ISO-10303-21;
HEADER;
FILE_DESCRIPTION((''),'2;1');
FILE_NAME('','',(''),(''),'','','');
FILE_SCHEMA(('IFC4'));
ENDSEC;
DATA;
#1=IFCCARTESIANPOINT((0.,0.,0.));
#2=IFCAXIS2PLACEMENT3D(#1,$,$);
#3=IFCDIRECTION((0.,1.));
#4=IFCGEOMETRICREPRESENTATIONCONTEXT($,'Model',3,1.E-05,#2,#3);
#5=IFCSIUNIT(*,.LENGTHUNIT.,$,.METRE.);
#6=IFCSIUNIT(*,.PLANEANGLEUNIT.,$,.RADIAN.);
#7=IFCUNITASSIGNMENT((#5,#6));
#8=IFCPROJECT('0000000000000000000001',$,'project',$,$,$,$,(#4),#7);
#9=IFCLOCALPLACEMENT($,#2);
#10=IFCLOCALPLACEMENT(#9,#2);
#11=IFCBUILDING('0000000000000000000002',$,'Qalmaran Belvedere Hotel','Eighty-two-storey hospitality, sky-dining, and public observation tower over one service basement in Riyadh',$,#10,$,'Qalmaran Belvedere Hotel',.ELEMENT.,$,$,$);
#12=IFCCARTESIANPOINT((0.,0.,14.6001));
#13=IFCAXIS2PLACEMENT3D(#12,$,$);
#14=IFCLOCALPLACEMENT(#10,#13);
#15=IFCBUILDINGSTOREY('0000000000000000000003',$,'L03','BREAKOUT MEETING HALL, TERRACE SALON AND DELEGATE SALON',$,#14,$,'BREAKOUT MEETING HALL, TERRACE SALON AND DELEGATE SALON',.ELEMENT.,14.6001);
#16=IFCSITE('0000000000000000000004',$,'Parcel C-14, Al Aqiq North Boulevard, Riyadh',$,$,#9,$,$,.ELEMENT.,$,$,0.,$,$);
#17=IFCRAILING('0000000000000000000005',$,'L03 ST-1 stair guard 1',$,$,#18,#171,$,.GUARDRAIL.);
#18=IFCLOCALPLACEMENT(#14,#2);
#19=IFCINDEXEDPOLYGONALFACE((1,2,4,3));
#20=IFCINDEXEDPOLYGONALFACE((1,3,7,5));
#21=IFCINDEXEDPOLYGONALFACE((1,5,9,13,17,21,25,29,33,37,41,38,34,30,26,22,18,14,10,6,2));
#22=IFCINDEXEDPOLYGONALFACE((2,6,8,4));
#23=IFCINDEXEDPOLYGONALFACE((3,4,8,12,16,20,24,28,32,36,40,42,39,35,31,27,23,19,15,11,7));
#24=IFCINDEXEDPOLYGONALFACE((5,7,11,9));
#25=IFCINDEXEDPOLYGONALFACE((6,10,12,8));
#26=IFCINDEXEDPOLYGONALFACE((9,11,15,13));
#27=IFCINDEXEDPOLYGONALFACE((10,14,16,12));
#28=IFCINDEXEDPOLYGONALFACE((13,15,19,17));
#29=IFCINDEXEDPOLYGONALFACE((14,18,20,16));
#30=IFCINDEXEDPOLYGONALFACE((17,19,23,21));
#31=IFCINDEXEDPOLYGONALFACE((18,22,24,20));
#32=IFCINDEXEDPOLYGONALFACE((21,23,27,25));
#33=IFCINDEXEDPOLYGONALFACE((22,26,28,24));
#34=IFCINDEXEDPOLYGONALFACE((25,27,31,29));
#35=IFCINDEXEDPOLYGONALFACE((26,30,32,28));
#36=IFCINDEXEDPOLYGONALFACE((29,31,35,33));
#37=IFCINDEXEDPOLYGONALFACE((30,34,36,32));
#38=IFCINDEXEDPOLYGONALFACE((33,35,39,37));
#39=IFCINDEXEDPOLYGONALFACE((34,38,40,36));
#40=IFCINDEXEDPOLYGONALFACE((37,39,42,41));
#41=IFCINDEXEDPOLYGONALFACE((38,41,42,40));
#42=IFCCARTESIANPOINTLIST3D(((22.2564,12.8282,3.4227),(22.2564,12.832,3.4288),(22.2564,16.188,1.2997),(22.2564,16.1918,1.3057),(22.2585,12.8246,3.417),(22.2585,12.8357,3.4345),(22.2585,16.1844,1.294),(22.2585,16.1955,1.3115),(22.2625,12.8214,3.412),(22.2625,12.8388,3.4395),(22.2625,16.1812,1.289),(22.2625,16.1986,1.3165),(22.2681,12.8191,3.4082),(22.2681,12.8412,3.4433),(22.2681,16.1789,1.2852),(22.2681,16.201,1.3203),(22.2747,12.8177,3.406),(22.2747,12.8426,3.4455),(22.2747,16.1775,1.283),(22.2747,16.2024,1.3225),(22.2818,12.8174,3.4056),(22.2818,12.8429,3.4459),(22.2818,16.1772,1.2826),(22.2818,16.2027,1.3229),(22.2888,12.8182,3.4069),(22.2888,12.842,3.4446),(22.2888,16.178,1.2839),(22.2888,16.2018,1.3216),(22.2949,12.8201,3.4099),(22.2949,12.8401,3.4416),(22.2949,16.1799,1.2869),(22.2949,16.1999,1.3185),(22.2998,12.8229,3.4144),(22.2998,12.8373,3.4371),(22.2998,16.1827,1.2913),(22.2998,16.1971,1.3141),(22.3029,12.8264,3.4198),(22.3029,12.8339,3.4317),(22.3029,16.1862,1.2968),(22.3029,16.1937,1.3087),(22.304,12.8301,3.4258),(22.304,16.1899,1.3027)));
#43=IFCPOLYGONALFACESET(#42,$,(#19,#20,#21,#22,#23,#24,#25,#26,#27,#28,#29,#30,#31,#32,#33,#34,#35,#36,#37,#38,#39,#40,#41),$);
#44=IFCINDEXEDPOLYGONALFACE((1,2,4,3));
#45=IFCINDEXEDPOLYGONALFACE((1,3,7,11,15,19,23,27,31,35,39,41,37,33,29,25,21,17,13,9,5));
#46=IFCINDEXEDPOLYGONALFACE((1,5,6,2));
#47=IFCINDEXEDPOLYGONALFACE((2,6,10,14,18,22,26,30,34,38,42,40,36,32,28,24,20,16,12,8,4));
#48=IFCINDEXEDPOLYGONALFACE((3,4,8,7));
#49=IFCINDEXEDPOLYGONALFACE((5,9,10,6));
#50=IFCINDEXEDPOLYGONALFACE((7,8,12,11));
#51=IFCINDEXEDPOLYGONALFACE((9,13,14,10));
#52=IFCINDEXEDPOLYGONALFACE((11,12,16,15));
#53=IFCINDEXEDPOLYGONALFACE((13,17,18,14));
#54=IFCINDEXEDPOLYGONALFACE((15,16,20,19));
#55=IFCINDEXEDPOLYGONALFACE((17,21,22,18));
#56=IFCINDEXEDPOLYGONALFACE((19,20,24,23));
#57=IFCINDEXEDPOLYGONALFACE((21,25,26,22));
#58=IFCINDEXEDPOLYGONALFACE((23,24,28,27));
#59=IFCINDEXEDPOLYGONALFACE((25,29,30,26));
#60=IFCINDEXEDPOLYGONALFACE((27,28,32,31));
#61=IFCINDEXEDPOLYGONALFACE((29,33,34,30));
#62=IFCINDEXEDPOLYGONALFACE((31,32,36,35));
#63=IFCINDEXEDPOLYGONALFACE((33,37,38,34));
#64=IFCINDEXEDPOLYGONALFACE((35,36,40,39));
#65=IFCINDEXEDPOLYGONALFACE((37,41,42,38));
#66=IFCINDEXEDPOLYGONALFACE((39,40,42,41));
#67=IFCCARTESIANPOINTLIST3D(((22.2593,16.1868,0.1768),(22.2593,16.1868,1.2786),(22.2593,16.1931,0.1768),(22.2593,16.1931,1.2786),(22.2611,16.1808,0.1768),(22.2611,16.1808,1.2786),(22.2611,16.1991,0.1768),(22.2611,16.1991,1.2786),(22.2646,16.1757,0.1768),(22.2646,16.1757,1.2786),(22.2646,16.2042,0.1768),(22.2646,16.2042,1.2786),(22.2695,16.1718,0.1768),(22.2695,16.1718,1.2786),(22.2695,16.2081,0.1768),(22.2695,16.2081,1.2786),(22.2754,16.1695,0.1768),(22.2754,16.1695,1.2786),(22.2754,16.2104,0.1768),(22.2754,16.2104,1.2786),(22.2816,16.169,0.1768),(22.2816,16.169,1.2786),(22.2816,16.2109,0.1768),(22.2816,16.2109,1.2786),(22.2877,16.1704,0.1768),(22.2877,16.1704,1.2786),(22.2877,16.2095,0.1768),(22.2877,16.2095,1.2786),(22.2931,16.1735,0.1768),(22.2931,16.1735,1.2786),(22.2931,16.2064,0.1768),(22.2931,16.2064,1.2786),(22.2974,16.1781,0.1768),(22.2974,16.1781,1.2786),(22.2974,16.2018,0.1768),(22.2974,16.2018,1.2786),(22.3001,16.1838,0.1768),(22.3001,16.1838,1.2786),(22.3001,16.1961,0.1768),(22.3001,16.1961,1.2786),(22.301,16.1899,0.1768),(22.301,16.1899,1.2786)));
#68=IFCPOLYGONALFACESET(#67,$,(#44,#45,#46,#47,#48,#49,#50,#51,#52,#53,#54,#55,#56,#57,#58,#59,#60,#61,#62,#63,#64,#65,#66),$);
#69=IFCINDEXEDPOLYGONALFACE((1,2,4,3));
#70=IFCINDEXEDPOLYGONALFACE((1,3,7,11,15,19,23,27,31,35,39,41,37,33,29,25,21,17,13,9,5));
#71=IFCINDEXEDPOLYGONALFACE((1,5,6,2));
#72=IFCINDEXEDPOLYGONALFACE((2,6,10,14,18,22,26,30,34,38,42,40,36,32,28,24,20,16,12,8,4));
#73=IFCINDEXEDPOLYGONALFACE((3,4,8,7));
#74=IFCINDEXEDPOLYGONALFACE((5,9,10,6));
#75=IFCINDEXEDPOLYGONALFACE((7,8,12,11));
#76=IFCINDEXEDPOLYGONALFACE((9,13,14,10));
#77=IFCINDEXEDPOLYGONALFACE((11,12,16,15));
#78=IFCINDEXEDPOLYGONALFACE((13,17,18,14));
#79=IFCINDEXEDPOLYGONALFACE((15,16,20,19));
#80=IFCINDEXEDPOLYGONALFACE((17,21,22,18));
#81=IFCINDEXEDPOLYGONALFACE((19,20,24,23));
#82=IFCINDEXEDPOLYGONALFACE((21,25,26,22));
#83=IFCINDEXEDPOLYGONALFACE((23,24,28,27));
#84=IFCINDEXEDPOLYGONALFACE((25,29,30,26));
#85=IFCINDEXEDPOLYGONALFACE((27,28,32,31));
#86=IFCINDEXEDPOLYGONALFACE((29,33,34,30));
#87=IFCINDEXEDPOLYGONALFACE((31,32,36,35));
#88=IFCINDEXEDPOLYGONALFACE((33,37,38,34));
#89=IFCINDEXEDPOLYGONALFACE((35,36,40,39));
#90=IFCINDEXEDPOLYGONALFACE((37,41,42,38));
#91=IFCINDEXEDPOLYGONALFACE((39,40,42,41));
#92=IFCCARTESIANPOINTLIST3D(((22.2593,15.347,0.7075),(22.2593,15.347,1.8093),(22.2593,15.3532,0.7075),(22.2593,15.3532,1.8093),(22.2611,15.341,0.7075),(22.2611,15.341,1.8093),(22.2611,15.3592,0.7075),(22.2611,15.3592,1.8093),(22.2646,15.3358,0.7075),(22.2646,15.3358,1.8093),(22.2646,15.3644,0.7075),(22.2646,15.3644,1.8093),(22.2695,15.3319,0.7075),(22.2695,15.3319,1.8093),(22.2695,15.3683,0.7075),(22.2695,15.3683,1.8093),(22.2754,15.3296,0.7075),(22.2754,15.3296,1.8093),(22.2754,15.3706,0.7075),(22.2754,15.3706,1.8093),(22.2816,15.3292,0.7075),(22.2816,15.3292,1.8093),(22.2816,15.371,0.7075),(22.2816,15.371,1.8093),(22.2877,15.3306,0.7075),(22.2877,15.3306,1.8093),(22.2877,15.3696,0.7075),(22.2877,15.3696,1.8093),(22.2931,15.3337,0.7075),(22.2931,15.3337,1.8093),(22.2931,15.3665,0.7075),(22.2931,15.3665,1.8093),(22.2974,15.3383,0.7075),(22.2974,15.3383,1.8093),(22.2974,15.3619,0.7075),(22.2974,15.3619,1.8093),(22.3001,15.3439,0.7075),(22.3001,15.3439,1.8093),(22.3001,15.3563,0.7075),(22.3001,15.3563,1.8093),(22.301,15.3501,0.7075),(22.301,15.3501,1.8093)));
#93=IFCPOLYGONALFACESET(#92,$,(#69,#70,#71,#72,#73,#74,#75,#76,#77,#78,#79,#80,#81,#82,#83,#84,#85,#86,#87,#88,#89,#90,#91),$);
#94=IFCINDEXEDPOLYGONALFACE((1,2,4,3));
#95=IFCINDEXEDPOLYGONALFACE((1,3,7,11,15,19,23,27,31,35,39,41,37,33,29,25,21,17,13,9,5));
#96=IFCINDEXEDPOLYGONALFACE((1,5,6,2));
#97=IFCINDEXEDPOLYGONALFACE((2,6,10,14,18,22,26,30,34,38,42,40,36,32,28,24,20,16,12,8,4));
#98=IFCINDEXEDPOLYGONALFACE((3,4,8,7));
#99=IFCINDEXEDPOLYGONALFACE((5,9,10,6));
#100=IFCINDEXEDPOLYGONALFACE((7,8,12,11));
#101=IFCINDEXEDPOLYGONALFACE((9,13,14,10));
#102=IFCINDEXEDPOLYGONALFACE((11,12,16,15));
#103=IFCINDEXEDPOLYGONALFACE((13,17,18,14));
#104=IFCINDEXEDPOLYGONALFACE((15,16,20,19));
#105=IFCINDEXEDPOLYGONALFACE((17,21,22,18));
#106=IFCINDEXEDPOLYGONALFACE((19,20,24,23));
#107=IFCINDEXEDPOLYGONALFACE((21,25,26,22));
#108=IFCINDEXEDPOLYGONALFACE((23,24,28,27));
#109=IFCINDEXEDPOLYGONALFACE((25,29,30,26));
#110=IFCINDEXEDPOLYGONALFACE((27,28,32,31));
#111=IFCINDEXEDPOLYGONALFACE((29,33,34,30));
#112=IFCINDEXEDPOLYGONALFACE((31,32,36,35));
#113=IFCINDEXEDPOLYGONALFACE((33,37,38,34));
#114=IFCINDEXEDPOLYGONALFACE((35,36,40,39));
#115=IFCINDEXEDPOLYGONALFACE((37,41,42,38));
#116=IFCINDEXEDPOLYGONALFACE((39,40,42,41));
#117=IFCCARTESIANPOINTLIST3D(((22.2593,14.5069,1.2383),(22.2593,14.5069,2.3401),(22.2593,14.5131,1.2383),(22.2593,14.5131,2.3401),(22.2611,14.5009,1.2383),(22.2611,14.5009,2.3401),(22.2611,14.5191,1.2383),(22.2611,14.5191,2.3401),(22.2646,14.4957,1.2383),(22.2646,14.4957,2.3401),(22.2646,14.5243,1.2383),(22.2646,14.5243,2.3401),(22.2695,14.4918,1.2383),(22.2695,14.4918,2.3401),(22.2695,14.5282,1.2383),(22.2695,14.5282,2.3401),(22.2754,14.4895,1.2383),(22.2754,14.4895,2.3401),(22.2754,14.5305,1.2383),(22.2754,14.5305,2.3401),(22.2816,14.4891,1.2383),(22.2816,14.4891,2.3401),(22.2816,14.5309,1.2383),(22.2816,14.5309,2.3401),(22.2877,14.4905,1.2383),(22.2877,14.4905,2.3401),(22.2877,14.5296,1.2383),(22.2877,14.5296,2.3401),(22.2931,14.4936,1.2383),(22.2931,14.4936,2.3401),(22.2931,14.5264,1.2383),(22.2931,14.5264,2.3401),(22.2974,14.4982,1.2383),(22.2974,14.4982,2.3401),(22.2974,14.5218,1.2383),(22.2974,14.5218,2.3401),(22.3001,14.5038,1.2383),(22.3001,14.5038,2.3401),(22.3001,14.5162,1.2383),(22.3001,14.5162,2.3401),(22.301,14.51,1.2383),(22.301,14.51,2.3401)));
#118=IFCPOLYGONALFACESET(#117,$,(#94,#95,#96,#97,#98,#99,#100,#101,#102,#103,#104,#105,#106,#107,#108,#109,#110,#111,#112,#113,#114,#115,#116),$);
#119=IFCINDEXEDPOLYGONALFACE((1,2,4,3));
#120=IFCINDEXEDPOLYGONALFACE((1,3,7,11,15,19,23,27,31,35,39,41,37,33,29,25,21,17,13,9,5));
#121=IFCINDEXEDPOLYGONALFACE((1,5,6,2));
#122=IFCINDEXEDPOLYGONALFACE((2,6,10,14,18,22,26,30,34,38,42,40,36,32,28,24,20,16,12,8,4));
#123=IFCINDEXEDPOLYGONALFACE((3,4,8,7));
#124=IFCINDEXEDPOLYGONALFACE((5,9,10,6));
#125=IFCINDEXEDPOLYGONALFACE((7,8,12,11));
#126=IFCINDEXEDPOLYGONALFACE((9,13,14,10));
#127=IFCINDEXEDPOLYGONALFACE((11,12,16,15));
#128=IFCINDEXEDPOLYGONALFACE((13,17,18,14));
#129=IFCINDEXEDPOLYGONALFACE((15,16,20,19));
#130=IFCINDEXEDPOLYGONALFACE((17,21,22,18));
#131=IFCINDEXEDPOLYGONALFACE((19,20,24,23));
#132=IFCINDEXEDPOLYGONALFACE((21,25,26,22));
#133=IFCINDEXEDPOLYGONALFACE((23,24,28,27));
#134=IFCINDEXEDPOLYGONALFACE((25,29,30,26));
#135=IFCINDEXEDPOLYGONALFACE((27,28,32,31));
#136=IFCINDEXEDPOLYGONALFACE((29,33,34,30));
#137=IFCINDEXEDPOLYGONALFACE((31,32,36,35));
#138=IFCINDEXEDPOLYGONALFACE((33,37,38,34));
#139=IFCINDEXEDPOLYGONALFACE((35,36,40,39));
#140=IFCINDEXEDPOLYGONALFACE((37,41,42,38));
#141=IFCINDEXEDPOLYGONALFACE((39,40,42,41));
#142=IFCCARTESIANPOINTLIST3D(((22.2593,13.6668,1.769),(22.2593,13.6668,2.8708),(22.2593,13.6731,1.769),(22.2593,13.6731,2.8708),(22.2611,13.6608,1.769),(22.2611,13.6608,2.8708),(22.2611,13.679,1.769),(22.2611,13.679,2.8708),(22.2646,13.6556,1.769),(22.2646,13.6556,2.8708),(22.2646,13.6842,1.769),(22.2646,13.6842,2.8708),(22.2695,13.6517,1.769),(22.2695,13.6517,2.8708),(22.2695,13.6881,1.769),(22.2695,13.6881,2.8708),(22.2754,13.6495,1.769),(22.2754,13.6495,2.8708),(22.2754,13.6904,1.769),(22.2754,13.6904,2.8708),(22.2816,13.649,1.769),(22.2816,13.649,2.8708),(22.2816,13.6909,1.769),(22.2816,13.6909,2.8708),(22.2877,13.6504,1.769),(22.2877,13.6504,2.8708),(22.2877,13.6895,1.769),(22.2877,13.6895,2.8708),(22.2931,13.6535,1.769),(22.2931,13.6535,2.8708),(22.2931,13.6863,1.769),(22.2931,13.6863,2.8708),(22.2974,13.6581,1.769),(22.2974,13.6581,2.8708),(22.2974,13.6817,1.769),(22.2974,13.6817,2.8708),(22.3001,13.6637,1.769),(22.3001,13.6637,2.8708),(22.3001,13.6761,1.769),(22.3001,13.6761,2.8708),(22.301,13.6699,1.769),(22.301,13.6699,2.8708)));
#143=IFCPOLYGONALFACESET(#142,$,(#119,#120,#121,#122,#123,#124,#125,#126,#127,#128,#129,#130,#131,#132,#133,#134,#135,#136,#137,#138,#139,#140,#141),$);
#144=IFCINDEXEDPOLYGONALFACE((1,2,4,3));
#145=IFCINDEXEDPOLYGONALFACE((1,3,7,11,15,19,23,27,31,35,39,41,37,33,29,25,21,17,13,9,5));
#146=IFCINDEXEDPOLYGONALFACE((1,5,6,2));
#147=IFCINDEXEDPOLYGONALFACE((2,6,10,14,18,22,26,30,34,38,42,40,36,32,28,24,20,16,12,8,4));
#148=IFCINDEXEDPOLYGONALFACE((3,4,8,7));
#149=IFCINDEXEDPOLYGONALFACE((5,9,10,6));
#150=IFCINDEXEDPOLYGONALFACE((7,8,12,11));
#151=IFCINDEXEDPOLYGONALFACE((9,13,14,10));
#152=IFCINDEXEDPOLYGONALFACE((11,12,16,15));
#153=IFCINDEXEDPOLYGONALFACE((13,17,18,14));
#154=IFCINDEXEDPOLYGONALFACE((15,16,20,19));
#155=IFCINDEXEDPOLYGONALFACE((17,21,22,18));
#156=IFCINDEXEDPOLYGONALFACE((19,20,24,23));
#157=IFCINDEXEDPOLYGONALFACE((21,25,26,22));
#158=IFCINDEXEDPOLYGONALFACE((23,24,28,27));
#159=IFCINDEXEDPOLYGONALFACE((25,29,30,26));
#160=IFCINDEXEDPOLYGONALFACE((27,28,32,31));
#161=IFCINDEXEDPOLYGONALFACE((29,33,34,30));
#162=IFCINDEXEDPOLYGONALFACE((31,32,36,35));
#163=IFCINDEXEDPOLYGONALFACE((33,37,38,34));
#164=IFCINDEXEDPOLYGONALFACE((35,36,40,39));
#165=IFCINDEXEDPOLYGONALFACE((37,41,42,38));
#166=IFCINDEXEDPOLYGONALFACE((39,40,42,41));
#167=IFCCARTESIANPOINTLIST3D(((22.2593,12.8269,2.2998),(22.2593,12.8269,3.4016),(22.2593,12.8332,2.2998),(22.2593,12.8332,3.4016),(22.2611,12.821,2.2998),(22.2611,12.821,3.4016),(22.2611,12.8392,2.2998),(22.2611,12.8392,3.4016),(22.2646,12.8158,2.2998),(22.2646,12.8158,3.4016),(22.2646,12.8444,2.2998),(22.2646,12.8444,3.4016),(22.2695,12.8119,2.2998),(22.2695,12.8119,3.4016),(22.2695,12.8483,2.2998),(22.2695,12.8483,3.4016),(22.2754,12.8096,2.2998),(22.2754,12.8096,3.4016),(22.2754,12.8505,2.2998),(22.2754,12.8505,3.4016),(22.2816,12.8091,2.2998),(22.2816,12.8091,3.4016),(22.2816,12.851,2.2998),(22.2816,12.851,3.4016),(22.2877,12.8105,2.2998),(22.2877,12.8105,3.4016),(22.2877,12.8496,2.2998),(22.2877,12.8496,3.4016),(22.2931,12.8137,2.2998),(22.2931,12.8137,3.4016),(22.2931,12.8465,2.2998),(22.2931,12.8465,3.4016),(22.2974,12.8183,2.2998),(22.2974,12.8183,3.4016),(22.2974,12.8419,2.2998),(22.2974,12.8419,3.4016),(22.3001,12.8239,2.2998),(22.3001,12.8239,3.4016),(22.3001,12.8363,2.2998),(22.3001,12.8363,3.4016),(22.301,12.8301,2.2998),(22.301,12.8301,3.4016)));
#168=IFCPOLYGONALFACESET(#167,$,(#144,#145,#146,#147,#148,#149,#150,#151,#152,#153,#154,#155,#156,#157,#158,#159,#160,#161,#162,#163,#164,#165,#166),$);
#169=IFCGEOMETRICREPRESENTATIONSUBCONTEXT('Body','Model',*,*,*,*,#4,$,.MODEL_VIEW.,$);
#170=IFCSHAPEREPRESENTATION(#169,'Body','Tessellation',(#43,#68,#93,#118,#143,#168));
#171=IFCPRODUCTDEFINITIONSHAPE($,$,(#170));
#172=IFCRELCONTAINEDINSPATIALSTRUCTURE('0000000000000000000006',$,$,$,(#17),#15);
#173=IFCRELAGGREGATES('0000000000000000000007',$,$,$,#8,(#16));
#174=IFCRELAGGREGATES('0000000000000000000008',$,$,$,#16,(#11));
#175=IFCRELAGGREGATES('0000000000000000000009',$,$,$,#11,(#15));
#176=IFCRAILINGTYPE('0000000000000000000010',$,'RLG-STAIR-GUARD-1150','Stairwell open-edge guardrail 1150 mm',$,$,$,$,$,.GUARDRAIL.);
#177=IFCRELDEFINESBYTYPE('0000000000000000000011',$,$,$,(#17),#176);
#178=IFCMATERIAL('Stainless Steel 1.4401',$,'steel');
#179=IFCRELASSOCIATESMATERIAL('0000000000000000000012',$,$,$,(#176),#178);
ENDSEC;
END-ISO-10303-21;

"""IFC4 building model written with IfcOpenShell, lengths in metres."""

from ifc_helpers import new_model, si_unit, direction, frame, origin, origin_2d, place, context, subcontext, project, spatial, circle, extrude, material, type_object, element, save


model = new_model("IFC4")

# Units and contexts
model_context = context("Model", 3, precision=1e-05, world=origin(), true_north=direction((0.0, 1.0)))
body_context = subcontext(model_context, "Body", "Model", "MODEL_VIEW")
ifc_project = project(units=[si_unit("LENGTHUNIT", "METRE"), si_unit("PLANEANGLEUNIT", "RADIAN")], contexts=[model_context])

# Site, building, storey
site_placement = place(None, origin())
site = spatial("IfcSite", under=ifc_project, at=site_placement, Name="Parcel C-14, Al Aqiq North Boulevard, Riyadh", CompositionType="ELEMENT", RefElevation=0.0)
building_placement = place(site_placement, origin())
building = spatial("IfcBuilding", under=site, at=building_placement, Name="Qalmaran Belvedere Hotel", Description="Eighty-two-storey hospitality, sky-dining, and public observation tower over one service basement in Riyadh", LongName="Qalmaran Belvedere Hotel", CompositionType="ELEMENT")
storey_placement = place(building_placement, frame((0.0, 0.0, 14.6001)))
storey = spatial("IfcBuildingStorey", under=building, at=storey_placement, Name="L03", Description="BREAKOUT MEETING HALL, TERRACE SALON AND DELEGATE SALON", LongName="BREAKOUT MEETING HALL, TERRACE SALON AND DELEGATE SALON", CompositionType="ELEMENT", Elevation=14.6001)

# Shared definitions
ifc_material_1 = material(Name="Stainless Steel 1.4401", Category="steel")

# Railing
railing_type_1 = type_object("IfcRailingType", Name="RLG-STAIR-GUARD-1150", Description="Stairwell open-edge guardrail 1150 mm", PredefinedType="GUARDRAIL", material=ifc_material_1)
railing_1_placement = place(storey_placement, frame((22.28, 16.1899, 0.1768)))
element("IfcRailing", 1, at=railing_1_placement, inside=storey, type_object=railing_type_1, Name="L03 ST-1 stair guard 1", PredefinedType="GUARDRAIL", context=body_context, shape_type="SweptSolid", body=[
    extrude(circle(Radius=0.0239, at=origin_2d()), frame((0.0, 0.0, 1.126), z_axis=(0.0, -0.845372, 0.534178), x_axis=(1.0, 0.0, 0.0)), (0.0, 0.0, 1.0), 3.9744),
    extrude(circle(Radius=0.021, at=origin_2d()), origin(), (0.0, 0.0, 1.0), 1.1018),
    extrude(circle(Radius=0.021, at=origin_2d()), frame((0.0, -0.8398, 0.5308)), (0.0, 0.0, 1.0), 1.1018),
    extrude(circle(Radius=0.021, at=origin_2d()), frame((0.0, -1.6799, 1.0615)), (0.0, 0.0, 1.0), 1.1018),
    extrude(circle(Radius=0.021, at=origin_2d()), frame((0.0, -2.52, 1.5923)), (0.0, 0.0, 1.0), 1.1018),
    extrude(circle(Radius=0.021, at=origin_2d()), frame((0.0, -3.3599, 2.123)), (0.0, 0.0, 1.0), 1.1018),
])

save(model, "model.ifc")
